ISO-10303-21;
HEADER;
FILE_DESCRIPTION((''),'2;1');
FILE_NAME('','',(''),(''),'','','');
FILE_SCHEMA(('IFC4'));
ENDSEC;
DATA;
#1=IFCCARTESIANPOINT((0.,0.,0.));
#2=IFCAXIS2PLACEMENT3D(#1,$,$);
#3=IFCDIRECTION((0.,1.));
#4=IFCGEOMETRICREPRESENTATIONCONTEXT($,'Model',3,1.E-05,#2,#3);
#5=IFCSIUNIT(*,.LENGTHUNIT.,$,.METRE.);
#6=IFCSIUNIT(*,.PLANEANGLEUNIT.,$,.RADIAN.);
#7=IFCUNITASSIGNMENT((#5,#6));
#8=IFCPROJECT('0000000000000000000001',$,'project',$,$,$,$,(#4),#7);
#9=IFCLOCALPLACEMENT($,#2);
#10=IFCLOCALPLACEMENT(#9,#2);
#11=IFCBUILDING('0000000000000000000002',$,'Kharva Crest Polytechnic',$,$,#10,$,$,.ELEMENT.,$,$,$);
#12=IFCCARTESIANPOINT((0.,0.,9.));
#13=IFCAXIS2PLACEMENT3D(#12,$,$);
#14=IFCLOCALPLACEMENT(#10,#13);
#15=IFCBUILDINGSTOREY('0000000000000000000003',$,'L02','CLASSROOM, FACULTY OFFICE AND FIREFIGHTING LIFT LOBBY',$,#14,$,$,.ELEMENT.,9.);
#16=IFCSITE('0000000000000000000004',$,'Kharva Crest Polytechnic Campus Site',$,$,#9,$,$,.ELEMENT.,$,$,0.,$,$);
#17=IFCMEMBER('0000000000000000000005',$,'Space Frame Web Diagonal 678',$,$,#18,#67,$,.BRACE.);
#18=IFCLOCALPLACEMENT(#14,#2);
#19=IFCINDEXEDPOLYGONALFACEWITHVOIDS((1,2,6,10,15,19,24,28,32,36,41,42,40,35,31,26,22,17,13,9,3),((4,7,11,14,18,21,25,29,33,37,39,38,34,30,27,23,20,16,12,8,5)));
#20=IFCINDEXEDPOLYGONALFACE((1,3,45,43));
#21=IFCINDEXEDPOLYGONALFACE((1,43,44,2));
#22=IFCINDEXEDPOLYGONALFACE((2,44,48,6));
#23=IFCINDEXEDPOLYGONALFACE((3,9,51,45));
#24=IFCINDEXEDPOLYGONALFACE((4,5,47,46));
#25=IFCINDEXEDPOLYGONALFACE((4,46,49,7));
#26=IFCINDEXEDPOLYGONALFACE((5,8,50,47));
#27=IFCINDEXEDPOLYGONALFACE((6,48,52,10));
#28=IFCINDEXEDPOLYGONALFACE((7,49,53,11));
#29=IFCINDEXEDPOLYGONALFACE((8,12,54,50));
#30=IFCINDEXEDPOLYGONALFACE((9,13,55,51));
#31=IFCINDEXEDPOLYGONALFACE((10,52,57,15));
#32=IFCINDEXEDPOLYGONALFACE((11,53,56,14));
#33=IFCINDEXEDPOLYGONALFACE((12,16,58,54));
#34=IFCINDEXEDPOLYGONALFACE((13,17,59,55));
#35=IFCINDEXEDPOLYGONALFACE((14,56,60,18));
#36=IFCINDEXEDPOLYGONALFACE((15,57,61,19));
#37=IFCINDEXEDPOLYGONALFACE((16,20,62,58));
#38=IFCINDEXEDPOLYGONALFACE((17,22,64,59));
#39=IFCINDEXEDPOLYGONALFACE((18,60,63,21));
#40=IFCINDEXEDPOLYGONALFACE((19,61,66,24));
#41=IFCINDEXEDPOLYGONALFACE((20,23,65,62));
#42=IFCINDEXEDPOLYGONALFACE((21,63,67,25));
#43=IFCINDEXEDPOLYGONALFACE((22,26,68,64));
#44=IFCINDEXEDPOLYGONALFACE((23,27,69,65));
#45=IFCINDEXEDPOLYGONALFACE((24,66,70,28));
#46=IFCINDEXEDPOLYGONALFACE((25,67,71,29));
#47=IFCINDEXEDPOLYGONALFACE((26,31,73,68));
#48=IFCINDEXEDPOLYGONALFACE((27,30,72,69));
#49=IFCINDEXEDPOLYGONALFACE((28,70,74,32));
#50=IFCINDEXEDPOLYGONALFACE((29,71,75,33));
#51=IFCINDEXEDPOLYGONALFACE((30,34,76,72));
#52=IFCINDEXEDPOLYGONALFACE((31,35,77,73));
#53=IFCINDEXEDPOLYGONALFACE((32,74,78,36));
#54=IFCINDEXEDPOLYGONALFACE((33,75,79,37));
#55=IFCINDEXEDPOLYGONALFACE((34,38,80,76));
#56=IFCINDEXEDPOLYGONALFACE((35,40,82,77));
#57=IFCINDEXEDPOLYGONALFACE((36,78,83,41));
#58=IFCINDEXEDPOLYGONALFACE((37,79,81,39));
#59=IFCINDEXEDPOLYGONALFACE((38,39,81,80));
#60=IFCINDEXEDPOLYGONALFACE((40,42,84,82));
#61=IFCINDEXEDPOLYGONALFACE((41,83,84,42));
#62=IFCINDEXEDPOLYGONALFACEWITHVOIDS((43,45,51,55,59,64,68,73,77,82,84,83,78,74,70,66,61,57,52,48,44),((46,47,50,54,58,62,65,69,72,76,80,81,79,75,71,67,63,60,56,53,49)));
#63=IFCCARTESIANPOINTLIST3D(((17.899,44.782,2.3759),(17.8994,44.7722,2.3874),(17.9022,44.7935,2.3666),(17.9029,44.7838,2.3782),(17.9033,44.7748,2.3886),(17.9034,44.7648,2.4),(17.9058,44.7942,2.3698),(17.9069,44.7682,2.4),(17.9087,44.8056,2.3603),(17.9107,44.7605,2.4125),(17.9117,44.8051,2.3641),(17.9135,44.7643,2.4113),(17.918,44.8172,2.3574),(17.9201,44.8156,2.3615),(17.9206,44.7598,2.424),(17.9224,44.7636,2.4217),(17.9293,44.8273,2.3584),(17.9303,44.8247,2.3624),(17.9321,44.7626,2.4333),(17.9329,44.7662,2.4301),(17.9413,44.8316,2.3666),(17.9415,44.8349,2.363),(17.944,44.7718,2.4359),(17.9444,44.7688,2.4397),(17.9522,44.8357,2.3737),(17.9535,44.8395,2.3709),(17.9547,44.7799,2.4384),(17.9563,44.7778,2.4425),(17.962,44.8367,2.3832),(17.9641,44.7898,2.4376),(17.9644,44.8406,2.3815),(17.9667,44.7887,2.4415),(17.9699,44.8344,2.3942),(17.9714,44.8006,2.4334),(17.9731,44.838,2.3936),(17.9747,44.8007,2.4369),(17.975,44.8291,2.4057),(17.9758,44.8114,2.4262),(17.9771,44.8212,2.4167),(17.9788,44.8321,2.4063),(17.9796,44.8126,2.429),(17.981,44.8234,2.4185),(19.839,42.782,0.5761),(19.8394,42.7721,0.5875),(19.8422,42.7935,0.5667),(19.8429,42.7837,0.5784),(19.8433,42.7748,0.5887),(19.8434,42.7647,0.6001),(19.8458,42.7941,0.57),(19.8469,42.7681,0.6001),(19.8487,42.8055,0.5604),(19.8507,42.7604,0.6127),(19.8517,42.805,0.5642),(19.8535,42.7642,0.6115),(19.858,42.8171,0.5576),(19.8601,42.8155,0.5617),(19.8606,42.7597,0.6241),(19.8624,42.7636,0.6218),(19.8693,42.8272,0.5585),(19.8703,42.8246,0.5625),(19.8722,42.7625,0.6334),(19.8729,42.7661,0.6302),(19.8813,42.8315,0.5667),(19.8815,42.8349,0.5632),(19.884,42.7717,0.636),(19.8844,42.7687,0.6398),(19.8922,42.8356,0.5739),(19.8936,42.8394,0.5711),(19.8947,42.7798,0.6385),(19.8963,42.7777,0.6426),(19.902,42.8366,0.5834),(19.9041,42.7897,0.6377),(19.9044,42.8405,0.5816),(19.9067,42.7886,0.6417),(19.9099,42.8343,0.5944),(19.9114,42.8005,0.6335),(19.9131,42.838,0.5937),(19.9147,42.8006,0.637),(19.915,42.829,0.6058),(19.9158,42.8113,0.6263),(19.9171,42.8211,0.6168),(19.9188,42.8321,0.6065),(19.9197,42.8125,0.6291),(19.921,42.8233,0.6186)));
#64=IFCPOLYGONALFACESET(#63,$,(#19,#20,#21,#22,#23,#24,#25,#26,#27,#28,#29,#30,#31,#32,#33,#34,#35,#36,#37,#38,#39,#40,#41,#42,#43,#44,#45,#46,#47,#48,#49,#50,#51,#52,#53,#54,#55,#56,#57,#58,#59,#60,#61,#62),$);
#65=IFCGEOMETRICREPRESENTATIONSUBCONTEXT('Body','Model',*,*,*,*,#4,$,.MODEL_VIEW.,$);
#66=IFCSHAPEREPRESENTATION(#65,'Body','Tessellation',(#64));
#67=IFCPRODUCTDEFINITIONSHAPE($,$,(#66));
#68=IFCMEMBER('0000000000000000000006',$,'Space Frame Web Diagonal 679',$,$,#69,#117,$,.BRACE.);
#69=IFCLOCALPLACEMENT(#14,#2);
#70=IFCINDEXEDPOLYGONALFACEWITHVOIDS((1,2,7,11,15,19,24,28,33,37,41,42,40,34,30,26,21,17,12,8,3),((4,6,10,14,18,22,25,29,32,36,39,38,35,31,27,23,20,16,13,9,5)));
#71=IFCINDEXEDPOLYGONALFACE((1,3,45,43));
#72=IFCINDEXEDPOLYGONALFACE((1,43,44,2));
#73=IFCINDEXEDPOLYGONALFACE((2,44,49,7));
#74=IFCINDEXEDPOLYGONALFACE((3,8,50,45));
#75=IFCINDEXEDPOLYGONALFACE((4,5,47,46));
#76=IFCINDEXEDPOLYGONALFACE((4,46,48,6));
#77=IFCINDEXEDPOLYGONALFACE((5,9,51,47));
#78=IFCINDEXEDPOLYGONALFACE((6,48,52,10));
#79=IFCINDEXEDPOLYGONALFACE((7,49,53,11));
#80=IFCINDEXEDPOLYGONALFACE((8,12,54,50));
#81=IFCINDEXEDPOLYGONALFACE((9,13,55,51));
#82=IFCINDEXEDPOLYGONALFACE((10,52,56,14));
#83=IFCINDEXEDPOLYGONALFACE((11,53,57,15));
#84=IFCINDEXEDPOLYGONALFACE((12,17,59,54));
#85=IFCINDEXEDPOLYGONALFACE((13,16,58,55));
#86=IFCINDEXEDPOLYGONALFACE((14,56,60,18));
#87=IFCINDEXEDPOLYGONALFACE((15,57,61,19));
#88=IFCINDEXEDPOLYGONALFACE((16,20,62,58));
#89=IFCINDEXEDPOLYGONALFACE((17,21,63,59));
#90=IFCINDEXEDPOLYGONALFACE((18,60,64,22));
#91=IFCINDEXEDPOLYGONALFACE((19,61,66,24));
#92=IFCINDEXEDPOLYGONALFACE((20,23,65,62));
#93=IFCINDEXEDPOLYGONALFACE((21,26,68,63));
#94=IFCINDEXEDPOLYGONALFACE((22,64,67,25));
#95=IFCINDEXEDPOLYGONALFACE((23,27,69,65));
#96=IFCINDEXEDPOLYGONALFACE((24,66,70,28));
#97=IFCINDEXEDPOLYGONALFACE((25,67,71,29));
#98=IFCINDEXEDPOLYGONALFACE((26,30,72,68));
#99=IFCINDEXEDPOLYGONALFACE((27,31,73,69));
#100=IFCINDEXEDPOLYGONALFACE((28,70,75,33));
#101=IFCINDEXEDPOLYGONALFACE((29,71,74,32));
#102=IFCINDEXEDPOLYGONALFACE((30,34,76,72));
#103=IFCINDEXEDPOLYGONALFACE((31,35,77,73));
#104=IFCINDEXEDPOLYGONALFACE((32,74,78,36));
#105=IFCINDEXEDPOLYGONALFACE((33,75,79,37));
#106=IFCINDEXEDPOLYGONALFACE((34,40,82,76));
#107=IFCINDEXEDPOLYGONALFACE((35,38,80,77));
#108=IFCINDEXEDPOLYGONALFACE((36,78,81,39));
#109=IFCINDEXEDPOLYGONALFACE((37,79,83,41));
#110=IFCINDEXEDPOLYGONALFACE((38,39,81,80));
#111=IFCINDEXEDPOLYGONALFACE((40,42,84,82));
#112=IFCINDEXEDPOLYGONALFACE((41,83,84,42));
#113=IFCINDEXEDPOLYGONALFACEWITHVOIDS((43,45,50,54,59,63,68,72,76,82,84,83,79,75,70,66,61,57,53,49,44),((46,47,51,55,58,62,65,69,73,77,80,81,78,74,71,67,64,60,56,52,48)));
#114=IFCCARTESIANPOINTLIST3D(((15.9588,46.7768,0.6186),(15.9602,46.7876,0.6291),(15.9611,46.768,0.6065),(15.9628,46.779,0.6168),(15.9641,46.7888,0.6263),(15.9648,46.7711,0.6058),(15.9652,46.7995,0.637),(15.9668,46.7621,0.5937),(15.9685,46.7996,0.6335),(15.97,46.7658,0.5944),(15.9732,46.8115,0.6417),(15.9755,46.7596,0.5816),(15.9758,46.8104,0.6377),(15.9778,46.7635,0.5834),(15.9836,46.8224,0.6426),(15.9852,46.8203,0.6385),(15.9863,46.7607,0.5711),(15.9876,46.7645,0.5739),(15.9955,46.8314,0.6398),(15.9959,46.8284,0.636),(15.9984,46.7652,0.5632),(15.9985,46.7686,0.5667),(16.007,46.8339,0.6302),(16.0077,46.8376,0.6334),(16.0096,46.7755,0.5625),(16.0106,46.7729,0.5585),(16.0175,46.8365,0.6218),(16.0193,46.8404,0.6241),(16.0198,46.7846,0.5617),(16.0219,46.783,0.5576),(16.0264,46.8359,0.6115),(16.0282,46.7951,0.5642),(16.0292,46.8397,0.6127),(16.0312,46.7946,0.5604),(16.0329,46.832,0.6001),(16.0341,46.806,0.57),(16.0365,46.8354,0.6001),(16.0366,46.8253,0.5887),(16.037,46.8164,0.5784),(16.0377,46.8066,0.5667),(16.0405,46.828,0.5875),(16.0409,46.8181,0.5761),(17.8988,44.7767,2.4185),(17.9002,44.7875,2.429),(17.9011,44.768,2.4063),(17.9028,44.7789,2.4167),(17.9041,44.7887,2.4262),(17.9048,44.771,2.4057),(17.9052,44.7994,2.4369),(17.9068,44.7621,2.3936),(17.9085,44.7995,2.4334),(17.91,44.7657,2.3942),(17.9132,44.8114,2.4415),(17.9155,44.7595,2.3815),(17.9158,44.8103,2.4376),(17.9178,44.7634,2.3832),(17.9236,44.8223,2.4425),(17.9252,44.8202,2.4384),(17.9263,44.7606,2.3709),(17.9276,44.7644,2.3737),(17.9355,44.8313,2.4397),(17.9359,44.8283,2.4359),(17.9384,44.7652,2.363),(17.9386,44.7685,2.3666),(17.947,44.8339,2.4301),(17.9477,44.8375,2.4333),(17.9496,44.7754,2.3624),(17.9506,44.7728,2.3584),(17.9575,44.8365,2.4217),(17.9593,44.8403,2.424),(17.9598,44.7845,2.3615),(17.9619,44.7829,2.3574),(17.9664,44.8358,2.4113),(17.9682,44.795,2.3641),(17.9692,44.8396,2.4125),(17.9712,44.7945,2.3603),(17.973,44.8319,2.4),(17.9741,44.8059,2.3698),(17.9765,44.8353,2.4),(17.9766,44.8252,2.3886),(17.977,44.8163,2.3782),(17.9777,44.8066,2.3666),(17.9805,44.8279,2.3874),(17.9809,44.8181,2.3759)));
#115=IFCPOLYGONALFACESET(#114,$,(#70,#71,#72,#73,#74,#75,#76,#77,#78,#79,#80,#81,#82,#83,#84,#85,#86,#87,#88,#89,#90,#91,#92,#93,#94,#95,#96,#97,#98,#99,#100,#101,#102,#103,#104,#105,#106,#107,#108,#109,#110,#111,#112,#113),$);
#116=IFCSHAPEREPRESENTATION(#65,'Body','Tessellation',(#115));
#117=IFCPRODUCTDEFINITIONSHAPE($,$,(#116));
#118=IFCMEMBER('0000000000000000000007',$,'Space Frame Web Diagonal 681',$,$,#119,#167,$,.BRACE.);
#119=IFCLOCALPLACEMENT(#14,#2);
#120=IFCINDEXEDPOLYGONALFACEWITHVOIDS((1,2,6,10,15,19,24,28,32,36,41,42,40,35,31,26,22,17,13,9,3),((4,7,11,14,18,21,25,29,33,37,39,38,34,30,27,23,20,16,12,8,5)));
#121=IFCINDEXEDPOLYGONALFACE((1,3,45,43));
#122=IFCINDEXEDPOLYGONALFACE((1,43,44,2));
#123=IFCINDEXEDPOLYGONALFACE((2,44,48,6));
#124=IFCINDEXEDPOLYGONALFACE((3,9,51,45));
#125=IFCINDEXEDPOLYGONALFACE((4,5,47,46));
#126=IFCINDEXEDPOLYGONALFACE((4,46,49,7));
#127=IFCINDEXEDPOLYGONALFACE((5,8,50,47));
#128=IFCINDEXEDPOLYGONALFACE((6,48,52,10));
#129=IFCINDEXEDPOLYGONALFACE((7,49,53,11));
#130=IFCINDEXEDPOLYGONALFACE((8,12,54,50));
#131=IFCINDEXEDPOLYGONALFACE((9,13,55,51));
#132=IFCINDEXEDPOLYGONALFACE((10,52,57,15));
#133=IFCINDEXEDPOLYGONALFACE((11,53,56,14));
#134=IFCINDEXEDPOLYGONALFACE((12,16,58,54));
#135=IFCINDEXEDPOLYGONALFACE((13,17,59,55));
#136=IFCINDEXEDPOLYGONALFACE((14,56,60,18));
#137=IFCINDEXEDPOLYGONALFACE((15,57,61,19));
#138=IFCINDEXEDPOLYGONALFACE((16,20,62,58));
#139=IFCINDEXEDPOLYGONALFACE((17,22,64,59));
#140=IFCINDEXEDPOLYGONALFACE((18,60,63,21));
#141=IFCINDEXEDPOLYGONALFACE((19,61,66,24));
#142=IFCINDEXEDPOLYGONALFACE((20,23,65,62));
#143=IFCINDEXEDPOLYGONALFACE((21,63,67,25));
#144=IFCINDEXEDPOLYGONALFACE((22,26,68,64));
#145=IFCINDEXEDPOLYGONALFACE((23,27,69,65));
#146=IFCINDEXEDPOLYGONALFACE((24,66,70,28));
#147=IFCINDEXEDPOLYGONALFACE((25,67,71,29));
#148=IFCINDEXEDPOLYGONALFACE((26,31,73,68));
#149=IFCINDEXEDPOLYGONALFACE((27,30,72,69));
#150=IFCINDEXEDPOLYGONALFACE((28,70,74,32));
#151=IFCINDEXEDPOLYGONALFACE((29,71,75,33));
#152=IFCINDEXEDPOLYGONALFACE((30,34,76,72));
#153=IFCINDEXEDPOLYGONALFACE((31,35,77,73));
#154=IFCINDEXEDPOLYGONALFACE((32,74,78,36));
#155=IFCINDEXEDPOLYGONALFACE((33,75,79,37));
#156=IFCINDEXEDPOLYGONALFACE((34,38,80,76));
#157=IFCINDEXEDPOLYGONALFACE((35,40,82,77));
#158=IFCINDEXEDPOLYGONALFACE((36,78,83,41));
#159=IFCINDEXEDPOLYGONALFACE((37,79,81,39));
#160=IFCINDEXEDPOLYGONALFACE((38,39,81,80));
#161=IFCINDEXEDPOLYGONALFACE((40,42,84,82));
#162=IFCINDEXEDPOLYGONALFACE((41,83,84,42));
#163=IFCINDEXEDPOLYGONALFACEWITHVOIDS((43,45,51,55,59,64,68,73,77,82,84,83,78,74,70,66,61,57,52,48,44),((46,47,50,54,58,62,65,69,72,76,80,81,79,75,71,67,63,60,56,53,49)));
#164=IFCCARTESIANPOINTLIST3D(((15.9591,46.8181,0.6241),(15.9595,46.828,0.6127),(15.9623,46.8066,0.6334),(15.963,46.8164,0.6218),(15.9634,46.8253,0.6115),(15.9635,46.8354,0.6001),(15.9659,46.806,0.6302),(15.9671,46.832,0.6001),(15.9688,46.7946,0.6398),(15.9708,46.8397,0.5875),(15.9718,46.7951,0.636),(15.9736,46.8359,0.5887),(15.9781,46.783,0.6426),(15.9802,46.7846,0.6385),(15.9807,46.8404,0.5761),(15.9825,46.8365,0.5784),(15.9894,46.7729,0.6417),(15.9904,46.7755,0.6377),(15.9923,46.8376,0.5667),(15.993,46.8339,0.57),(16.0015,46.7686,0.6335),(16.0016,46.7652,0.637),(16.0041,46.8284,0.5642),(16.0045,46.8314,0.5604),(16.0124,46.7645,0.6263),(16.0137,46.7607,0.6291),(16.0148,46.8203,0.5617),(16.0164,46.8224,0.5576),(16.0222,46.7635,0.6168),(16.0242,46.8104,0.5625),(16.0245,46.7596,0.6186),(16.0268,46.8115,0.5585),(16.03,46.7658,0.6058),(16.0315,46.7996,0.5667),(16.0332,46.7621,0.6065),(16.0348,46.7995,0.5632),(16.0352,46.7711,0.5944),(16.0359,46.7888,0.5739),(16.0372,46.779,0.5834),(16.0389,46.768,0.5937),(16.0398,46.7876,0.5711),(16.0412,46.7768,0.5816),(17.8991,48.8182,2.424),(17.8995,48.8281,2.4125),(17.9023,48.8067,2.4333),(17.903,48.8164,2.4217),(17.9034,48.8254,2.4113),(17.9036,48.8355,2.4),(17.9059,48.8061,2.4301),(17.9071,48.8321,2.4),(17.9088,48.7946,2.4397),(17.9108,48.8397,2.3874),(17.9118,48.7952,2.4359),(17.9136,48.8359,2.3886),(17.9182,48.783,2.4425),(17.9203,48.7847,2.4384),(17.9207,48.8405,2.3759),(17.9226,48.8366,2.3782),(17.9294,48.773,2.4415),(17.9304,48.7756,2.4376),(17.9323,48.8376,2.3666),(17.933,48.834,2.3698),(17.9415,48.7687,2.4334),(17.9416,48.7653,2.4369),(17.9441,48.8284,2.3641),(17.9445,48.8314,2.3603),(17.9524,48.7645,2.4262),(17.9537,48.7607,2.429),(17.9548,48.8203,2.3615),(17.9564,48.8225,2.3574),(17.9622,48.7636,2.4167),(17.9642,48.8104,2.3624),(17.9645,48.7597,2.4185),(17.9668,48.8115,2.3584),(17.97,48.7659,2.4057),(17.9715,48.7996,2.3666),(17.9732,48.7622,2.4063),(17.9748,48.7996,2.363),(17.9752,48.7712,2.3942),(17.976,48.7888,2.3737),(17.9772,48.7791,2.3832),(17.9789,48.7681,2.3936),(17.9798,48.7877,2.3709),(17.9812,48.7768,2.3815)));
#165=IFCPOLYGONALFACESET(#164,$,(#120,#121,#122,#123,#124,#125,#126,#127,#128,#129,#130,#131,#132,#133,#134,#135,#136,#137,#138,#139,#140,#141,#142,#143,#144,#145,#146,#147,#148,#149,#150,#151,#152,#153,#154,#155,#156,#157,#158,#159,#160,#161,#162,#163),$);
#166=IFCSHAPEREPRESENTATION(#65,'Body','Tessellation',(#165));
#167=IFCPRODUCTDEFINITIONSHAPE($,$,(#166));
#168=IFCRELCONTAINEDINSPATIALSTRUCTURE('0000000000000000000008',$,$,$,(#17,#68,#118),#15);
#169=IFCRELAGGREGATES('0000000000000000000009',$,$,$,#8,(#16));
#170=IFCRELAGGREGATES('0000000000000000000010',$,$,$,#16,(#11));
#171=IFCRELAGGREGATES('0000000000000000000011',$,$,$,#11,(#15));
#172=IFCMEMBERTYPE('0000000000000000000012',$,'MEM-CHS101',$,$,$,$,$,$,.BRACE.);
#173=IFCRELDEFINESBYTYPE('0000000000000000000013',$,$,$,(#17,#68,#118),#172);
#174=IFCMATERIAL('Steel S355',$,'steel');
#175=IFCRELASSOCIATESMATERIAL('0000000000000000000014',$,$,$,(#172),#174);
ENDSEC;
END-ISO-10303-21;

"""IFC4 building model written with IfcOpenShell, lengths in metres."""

from ifc_helpers import new_model, si_unit, direction, frame, origin, origin_2d, place, context, subcontext, project, spatial, hollow_circle, extrude, material, material_profile, profile_set, type_object, element, save


model = new_model("IFC4")

# Units and contexts
model_context = context("Model", 3, precision=1e-05, world=origin(), true_north=direction((0.0, 1.0)))
body_context = subcontext(model_context, "Body", "Model", "MODEL_VIEW")
ifc_project = project(units=[si_unit("LENGTHUNIT", "METRE"), si_unit("PLANEANGLEUNIT", "RADIAN")], contexts=[model_context])

# Site, building, storey
site_placement = place(None, origin())
site = spatial("IfcSite", under=ifc_project, at=site_placement, Name="Kharva Crest Polytechnic Campus Site", CompositionType="ELEMENT", RefElevation=0.0)
building_placement = place(site_placement, origin())
building = spatial("IfcBuilding", under=site, at=building_placement, Name="Kharva Crest Polytechnic", CompositionType="ELEMENT")
storey_placement = place(building_placement, frame((0.0, 0.0, 9.0)))
storey = spatial("IfcBuildingStorey", under=building, at=storey_placement, Name="L02", Description="CLASSROOM, FACULTY OFFICE AND FIREFIGHTING LIFT LOBBY", CompositionType="ELEMENT", Elevation=9.0)

# Members
ifc_material = material(Name="Steel S355", Category="steel")
ifc_material_profile_1 = material_profile(ifc_material, hollow_circle(Radius=0.0508, WallThickness=0.0049, at=origin_2d()), Name="CHS 101.6X5.0")
ifc_profile_set_1 = profile_set([ifc_material_profile_1], Name="Steel S355")
member_type_1 = type_object("IfcMemberType", Name="MEM-CHS101", PredefinedType="BRACE", material=ifc_profile_set_1)
for number, where, z_axis, x_axis, name in (
    (1, (19.8799, 42.8, 0.6001), (-0.584843, 0.60295, 0.542596), (-0.717802, -0.696247, 0.0), "Space Frame Web Diagonal 678"),
    (2, (16.0, 46.8, 0.6001), (0.584843, -0.60295, 0.542596), (0.717802, 0.696247, 0.0), "Space Frame Web Diagonal 679"),
    (3, (16.0, 46.8, 0.6001), (0.584843, 0.60295, 0.542596), (-0.717802, 0.696247, 0.0), "Space Frame Web Diagonal 681"),
):
    element("IfcMember", number, at=place(storey_placement, frame(where, z_axis=z_axis, x_axis=x_axis)), inside=storey, type_object=member_type_1, Name=name, PredefinedType="BRACE", context=body_context, shape_type="SweptSolid", body=[
        extrude(hollow_circle(Radius=0.0508, WallThickness=0.0049, at=origin_2d()), origin(), (0.0, 0.0, 1.0), 3.3171),
    ])

save(model, "model.ifc")
